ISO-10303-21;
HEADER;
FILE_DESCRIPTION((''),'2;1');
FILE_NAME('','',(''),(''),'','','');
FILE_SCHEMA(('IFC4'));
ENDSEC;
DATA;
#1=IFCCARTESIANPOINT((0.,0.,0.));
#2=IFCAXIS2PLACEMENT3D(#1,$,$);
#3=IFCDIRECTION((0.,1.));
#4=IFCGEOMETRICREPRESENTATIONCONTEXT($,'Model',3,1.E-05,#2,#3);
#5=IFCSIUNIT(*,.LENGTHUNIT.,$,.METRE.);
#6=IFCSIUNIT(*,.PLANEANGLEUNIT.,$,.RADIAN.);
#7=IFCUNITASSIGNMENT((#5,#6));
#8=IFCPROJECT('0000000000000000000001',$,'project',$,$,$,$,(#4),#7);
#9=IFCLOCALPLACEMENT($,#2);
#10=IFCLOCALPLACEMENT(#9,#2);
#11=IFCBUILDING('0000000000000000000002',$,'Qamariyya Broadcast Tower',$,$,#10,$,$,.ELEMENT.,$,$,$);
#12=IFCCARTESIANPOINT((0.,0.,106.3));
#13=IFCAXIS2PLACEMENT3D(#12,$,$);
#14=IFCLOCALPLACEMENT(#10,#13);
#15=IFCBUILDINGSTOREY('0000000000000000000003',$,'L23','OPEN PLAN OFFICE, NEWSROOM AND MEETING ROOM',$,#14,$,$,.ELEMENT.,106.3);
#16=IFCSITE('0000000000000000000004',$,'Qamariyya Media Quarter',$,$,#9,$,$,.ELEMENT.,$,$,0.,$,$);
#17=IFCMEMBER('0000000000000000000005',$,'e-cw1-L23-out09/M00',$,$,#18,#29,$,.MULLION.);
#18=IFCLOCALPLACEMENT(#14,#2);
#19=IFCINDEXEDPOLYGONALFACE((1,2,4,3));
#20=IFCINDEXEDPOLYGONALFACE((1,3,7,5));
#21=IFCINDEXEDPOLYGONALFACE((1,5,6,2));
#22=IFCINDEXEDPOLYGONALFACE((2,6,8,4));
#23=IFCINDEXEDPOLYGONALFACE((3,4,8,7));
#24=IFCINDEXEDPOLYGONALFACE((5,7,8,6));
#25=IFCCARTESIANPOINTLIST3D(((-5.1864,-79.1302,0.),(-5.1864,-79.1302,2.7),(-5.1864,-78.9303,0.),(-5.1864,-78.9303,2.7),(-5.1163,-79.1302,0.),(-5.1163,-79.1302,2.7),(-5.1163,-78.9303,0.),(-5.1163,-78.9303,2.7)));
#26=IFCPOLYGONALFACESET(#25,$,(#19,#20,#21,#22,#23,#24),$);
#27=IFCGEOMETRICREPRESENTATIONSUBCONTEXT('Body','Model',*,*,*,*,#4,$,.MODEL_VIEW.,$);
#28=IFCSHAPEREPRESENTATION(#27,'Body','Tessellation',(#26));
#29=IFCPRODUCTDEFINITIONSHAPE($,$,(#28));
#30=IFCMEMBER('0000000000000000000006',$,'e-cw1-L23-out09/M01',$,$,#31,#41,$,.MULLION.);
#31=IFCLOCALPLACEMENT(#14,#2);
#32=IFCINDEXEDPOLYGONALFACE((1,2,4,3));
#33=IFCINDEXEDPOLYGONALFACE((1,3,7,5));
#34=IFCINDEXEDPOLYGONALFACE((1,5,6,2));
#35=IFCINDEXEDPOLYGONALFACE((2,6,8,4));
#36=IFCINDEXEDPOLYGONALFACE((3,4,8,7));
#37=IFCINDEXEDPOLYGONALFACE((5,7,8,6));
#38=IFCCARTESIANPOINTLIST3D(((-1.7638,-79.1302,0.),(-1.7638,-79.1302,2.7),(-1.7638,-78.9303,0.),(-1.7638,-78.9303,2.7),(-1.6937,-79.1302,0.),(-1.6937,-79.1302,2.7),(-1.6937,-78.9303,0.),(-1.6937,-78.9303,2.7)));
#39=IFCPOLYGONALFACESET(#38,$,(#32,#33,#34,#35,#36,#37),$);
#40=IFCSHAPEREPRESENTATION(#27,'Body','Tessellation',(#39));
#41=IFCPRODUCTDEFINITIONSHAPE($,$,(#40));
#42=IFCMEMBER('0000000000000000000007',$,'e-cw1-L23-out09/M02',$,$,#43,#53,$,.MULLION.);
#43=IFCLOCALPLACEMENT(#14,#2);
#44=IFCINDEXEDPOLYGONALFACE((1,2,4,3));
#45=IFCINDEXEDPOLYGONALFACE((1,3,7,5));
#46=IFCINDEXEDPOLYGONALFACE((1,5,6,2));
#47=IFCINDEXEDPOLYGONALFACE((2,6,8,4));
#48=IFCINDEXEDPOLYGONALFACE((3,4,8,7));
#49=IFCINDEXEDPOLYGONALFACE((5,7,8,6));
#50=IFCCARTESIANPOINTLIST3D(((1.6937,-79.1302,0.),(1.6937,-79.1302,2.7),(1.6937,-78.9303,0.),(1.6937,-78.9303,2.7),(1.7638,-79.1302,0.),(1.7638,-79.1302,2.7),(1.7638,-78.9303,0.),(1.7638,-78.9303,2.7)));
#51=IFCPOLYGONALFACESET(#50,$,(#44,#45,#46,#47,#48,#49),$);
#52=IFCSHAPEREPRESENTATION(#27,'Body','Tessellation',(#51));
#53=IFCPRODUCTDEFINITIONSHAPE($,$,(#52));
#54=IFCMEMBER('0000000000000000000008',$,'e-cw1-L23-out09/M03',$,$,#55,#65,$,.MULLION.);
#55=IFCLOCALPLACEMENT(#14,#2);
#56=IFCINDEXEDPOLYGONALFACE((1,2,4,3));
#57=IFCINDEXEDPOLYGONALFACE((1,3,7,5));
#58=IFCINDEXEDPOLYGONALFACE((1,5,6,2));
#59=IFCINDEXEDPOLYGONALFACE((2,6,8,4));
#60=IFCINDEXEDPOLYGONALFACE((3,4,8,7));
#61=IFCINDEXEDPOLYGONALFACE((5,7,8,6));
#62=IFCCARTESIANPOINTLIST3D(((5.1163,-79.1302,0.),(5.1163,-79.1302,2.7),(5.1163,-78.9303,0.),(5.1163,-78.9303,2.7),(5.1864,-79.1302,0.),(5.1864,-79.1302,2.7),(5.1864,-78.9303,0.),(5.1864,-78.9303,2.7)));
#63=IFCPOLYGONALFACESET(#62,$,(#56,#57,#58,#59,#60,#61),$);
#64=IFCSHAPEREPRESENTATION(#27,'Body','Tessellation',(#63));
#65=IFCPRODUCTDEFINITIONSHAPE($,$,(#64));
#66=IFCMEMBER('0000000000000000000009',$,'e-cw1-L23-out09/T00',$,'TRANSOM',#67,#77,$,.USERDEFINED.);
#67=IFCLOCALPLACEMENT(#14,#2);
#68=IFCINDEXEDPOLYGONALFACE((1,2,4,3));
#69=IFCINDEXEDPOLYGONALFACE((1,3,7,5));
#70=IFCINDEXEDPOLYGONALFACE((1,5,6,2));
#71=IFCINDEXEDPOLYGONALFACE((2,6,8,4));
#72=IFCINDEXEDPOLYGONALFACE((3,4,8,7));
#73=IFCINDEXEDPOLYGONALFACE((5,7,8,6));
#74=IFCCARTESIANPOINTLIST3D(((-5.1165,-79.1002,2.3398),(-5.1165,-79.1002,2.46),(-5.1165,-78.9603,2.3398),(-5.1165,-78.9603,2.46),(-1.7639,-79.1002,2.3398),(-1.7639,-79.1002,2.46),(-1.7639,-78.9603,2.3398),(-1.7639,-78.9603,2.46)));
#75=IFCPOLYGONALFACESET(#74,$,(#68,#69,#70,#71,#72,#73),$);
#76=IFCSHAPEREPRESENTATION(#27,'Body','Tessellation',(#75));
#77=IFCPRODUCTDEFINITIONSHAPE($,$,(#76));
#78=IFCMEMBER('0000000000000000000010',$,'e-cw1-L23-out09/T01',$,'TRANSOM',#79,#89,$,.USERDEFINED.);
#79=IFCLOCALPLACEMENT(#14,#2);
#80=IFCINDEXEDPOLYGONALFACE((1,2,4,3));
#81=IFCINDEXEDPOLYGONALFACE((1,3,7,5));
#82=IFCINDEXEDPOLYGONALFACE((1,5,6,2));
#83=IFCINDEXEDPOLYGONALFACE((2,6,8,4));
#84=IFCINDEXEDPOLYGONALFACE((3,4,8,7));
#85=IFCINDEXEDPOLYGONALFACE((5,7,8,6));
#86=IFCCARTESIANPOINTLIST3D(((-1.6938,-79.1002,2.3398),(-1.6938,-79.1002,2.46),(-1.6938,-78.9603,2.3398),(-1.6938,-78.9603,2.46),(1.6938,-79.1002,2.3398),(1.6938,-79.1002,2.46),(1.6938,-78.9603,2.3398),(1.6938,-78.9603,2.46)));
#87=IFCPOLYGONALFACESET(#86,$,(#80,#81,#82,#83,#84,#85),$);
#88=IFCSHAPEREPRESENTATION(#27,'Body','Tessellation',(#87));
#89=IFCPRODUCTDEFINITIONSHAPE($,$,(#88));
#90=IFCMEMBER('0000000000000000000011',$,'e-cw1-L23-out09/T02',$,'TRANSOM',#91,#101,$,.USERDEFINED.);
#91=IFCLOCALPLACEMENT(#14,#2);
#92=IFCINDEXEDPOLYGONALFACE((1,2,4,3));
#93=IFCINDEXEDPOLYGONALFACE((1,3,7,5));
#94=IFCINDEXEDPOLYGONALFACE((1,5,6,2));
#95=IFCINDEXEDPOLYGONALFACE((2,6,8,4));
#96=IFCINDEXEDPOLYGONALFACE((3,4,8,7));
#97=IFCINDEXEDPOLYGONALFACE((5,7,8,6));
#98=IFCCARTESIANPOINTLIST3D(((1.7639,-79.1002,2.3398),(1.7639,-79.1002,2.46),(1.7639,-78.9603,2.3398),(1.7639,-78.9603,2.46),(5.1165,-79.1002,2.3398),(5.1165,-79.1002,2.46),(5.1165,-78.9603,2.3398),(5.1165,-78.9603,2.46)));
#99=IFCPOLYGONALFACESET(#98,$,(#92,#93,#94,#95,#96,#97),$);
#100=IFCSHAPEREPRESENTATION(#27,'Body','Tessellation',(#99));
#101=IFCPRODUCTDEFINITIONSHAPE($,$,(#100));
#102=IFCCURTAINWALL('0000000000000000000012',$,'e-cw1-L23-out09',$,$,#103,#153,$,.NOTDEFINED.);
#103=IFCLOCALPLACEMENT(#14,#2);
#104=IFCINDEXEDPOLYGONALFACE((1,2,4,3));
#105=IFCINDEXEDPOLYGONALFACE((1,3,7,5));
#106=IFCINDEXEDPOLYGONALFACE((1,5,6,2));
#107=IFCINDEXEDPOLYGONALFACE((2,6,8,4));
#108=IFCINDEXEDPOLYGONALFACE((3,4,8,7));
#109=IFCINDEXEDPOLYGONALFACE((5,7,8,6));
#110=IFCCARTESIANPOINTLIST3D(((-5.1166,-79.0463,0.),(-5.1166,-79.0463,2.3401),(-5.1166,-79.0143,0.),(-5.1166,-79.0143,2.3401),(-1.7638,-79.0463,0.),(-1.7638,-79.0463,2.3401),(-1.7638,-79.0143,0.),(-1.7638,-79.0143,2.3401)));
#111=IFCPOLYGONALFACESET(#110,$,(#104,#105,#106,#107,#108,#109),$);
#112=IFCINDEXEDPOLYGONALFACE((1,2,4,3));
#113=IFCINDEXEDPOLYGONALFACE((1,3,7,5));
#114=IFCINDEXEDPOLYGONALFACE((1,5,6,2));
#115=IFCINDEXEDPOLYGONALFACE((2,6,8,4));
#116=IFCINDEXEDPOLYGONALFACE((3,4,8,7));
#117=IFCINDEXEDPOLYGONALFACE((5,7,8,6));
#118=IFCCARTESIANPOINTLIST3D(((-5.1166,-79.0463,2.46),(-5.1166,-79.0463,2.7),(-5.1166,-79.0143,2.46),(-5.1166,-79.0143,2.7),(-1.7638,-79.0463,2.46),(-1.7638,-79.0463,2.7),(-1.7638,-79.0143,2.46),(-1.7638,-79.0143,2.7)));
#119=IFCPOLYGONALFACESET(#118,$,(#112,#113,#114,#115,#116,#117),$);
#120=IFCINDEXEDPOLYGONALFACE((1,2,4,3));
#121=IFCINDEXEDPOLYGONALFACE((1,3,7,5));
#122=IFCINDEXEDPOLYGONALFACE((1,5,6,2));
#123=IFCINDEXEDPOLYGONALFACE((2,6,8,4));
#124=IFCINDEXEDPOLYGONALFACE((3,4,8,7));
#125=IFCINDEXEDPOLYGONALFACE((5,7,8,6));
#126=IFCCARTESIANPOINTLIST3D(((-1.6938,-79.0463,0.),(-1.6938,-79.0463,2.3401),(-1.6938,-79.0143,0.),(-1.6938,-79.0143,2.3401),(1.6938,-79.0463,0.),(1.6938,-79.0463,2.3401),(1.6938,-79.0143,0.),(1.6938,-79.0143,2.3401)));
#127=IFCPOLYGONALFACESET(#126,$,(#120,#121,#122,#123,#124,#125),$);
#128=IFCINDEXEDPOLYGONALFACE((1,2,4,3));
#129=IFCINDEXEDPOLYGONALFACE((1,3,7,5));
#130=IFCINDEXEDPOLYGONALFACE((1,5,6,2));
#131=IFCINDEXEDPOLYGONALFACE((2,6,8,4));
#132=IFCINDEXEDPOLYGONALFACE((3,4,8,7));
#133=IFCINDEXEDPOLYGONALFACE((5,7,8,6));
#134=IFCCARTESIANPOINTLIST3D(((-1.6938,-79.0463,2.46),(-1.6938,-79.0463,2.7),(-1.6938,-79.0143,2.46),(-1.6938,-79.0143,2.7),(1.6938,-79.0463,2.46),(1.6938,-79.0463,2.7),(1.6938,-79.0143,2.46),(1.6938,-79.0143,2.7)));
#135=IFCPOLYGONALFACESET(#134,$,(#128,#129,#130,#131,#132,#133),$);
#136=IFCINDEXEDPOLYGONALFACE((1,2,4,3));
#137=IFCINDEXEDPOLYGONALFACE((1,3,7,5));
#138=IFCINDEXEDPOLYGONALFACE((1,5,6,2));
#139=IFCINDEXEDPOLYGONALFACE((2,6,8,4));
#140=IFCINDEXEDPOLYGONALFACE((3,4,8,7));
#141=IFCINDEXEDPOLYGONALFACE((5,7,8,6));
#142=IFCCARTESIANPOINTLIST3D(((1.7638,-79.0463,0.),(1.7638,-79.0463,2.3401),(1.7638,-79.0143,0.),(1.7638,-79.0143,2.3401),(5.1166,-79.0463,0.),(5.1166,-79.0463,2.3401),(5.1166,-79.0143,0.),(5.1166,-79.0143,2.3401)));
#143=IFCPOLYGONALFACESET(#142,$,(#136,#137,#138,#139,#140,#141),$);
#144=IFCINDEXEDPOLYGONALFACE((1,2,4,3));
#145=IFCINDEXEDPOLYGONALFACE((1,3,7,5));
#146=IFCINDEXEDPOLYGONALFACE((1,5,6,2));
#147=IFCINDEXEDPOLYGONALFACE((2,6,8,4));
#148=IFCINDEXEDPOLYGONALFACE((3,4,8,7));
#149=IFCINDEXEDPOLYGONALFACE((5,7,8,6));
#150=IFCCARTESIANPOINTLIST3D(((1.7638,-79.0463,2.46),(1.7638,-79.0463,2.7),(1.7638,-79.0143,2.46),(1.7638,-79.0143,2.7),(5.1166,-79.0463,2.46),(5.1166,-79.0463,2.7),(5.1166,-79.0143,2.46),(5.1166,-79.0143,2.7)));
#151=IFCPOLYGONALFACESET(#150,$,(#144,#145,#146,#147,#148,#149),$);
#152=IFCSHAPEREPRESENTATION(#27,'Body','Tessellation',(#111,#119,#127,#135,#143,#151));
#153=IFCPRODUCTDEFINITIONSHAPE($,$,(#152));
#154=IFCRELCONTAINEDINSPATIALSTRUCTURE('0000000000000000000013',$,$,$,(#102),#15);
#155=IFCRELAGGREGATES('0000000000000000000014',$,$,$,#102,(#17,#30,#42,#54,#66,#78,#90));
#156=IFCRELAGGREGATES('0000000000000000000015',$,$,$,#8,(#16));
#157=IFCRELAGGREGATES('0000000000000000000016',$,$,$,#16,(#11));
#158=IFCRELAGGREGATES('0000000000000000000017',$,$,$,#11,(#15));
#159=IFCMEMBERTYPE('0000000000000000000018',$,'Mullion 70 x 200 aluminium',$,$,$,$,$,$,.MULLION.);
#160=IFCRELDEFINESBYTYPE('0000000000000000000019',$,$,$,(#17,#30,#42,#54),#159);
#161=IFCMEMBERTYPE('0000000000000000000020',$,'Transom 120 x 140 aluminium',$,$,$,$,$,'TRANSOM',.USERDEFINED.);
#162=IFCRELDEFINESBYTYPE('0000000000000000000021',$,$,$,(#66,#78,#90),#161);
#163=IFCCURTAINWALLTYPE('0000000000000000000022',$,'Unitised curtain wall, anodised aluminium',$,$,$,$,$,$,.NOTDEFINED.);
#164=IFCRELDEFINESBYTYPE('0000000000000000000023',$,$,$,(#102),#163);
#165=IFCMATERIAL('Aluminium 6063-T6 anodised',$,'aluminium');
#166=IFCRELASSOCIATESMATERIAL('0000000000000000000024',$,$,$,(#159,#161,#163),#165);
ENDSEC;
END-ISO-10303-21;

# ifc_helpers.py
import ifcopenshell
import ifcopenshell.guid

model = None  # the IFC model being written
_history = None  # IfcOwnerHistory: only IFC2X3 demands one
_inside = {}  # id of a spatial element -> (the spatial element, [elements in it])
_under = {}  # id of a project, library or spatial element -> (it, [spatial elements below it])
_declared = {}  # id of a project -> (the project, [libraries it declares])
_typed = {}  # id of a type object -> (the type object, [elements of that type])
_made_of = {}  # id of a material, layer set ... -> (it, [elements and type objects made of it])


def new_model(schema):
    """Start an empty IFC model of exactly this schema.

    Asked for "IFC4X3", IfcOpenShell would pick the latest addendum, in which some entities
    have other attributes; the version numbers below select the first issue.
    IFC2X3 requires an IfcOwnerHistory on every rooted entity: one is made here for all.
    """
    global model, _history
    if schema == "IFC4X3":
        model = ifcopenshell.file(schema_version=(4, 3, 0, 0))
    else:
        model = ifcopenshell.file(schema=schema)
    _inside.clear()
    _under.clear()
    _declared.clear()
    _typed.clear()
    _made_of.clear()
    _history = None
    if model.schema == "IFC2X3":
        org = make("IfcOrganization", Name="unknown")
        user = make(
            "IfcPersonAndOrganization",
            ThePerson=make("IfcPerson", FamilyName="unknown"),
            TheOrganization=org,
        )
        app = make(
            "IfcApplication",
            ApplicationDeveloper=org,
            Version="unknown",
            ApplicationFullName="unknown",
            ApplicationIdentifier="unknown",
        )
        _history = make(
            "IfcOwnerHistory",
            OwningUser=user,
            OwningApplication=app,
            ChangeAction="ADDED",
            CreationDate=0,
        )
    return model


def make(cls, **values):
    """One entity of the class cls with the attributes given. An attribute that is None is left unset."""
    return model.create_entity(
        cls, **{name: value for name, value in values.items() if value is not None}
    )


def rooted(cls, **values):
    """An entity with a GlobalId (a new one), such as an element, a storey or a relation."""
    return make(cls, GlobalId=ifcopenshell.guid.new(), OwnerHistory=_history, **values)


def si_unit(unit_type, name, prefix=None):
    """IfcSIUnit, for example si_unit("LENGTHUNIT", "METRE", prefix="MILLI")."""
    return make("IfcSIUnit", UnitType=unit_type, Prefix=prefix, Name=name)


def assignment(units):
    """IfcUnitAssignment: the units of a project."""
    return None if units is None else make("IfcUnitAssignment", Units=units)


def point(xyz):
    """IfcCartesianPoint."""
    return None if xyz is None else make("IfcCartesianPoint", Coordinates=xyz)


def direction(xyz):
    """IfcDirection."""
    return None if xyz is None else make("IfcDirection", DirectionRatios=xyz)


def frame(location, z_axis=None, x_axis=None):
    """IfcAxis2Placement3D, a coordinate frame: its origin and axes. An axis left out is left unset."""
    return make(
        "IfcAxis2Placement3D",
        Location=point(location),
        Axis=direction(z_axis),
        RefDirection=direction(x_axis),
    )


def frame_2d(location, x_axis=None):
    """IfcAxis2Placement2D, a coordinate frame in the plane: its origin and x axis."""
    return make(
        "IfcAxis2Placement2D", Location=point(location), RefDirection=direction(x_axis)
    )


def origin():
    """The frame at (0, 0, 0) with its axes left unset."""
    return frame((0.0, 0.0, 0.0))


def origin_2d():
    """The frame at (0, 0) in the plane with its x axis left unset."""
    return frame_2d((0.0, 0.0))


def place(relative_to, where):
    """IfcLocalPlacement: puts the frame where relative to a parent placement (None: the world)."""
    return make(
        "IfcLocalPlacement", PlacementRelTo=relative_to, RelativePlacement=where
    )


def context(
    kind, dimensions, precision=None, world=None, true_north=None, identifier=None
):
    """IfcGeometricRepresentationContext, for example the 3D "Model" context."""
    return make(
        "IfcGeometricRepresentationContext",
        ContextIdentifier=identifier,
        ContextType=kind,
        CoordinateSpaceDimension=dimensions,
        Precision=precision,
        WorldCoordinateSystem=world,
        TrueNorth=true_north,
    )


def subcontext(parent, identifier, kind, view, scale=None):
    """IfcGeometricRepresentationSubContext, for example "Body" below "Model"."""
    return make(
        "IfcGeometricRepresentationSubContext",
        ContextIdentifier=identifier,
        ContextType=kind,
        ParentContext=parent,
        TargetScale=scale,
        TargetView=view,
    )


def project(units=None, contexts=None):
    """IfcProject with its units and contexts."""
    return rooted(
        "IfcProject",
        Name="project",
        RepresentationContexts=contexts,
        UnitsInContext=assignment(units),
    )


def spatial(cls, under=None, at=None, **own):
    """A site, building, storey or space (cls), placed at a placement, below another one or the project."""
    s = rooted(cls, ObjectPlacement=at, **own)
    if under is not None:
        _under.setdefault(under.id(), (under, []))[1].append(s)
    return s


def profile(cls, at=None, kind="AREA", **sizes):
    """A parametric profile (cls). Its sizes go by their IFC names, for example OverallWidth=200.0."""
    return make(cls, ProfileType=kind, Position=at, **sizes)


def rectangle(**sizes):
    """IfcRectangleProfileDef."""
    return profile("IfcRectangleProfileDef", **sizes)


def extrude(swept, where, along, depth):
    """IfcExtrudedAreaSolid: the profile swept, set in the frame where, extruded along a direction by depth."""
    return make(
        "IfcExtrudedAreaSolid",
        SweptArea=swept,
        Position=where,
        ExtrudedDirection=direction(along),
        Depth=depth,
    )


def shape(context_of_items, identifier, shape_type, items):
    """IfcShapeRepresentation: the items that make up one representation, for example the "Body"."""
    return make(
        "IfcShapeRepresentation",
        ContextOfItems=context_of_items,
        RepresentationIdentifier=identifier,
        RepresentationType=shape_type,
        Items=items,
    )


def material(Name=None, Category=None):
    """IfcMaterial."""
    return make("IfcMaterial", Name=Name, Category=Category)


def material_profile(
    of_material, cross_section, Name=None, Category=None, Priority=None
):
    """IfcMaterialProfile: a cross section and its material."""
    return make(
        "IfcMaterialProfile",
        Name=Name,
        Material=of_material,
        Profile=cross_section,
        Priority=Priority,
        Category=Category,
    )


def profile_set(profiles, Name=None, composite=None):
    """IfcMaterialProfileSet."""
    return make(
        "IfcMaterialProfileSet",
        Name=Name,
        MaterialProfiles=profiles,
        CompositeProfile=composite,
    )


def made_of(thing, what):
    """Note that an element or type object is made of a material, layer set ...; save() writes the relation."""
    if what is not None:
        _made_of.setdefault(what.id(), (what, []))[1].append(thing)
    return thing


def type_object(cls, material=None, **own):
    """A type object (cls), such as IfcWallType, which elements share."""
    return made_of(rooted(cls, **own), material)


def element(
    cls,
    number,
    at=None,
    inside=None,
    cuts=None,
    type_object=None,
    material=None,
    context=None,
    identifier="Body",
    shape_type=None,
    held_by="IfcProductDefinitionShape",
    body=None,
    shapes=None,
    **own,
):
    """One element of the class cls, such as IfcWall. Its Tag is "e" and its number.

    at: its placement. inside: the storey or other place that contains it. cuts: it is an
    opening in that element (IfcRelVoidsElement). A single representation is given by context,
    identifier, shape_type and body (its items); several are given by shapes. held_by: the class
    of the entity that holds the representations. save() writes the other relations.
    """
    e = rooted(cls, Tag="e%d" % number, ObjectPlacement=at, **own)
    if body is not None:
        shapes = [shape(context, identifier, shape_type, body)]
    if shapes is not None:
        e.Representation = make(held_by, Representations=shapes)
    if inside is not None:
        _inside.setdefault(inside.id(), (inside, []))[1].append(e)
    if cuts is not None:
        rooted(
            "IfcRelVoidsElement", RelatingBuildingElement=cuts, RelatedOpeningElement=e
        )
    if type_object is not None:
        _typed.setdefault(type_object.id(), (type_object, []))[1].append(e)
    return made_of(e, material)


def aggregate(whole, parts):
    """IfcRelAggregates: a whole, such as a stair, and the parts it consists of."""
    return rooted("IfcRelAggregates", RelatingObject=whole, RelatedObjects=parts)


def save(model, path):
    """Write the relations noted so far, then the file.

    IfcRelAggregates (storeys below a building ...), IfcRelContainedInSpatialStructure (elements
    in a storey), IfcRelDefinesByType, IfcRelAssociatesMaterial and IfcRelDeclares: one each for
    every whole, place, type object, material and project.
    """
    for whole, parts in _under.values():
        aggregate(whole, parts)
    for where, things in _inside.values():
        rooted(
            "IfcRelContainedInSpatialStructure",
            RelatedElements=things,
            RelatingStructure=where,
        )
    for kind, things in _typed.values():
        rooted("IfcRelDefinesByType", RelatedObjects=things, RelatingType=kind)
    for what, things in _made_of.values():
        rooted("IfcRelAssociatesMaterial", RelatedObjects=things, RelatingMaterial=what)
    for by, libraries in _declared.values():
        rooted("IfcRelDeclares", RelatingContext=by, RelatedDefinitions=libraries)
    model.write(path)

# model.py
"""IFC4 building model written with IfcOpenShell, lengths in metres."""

from ifc_helpers import new_model, si_unit, direction, frame, origin, origin_2d, place, context, subcontext, project, spatial, rectangle, extrude, material, material_profile, profile_set, type_object, element, aggregate, save


model = new_model("IFC4")

# Units and contexts
model_context = context("Model", 3, precision=1e-05, world=origin(), true_north=direction((0.0, 1.0)))
body_context = subcontext(model_context, "Body", "Model", "MODEL_VIEW")
ifc_project = project(units=[si_unit("LENGTHUNIT", "METRE"), si_unit("PLANEANGLEUNIT", "RADIAN")], contexts=[model_context])

# Members
ifc_material = material(Name="Aluminium 6063-T6 anodised", Category="aluminium")
ifc_material_profile_1 = material_profile(ifc_material, rectangle(XDim=0.2, YDim=0.0701, at=origin_2d()))
ifc_profile_set_1 = profile_set([ifc_material_profile_1], Name="Aluminium 6063-T6 anodised")
member_type_1 = type_object("IfcMemberType", Name="Mullion 70 x 200 aluminium", PredefinedType="MULLION", material=ifc_profile_set_1)
site_placement = place(None, origin())
building_placement = place(site_placement, origin())
storey_placement = place(building_placement, frame((0.0, 0.0, 106.3)))
member_1_placement = place(storey_placement, frame((-5.1514, -79.0303, 0.0), z_axis=(0.0, 0.0, 1.0), x_axis=(0.0, 1.0, 0.0)))
member_1 = element("IfcMember", 1, at=member_1_placement, type_object=member_type_1, Name="e-cw1-L23-out09/M00", PredefinedType="MULLION", context=body_context, shape_type="SweptSolid", body=[
    extrude(rectangle(XDim=0.2, YDim=0.0701, at=origin_2d()), origin(), (0.0, 0.0, 1.0), 2.7),
])
member_2_placement = place(storey_placement, frame((-1.7288, -79.0303, 0.0), z_axis=(0.0, 0.0, 1.0), x_axis=(0.0, 1.0, 0.0)))
member_2 = element("IfcMember", 2, at=member_2_placement, type_object=member_type_1, Name="e-cw1-L23-out09/M01", PredefinedType="MULLION", context=body_context, shape_type="SweptSolid", body=[
    extrude(rectangle(XDim=0.2, YDim=0.0701, at=origin_2d()), origin(), (0.0, 0.0, 1.0), 2.7),
])
member_3_placement = place(storey_placement, frame((1.7288, -79.0303, 0.0), z_axis=(0.0, 0.0, 1.0), x_axis=(0.0, 1.0, 0.0)))
member_3 = element("IfcMember", 3, at=member_3_placement, type_object=member_type_1, Name="e-cw1-L23-out09/M02", PredefinedType="MULLION", context=body_context, shape_type="SweptSolid", body=[
    extrude(rectangle(XDim=0.2, YDim=0.0701, at=origin_2d()), origin(), (0.0, 0.0, 1.0), 2.7),
])
member_4_placement = place(storey_placement, frame((5.1514, -79.0303, 0.0), z_axis=(0.0, 0.0, 1.0), x_axis=(0.0, 1.0, 0.0)))
member_4 = element("IfcMember", 4, at=member_4_placement, type_object=member_type_1, Name="e-cw1-L23-out09/M03", PredefinedType="MULLION", context=body_context, shape_type="SweptSolid", body=[
    extrude(rectangle(XDim=0.2, YDim=0.0701, at=origin_2d()), origin(), (0.0, 0.0, 1.0), 2.7),
])
ifc_material_profile_2 = material_profile(ifc_material, rectangle(XDim=0.1399, YDim=0.1201, at=origin_2d()))
ifc_profile_set_2 = profile_set([ifc_material_profile_2], Name="Aluminium 6063-T6 anodised")
member_type_2 = type_object("IfcMemberType", Name="Transom 120 x 140 aluminium", ElementType="TRANSOM", PredefinedType="USERDEFINED", material=ifc_profile_set_2)
member_5_placement = place(storey_placement, frame((-5.1165, -79.0303, 2.3999), z_axis=(1.0, 0.0, 0.0), x_axis=(0.0, 1.0, 0.0)))
member_5 = element("IfcMember", 5, at=member_5_placement, type_object=member_type_2, Name="e-cw1-L23-out09/T00", ObjectType="TRANSOM", PredefinedType="USERDEFINED", context=body_context, shape_type="SweptSolid", body=[
    extrude(rectangle(XDim=0.1399, YDim=0.1201, at=origin_2d()), origin(), (0.0, 0.0, 1.0), 3.3525),
])
member_6_placement = place(storey_placement, frame((-1.6938, -79.0303, 2.3999), z_axis=(1.0, 0.0, 0.0), x_axis=(0.0, 1.0, 0.0)))
member_6 = element("IfcMember", 6, at=member_6_placement, type_object=member_type_2, Name="e-cw1-L23-out09/T01", ObjectType="TRANSOM", PredefinedType="USERDEFINED", context=body_context, shape_type="SweptSolid", body=[
    extrude(rectangle(XDim=0.1399, YDim=0.1201, at=origin_2d()), origin(), (0.0, 0.0, 1.0), 3.3877),
])
member_7_placement = place(storey_placement, frame((1.7639, -79.0303, 2.3999), z_axis=(1.0, 0.0, 0.0), x_axis=(0.0, 1.0, 0.0)))
member_7 = element("IfcMember", 7, at=member_7_placement, type_object=member_type_2, Name="e-cw1-L23-out09/T02", ObjectType="TRANSOM", PredefinedType="USERDEFINED", context=body_context, shape_type="SweptSolid", body=[
    extrude(rectangle(XDim=0.1399, YDim=0.1201, at=origin_2d()), origin(), (0.0, 0.0, 1.0), 3.3525),
])

# Site, building, storey
site = spatial("IfcSite", under=ifc_project, at=site_placement, Name="Qamariyya Media Quarter", CompositionType="ELEMENT", RefElevation=0.0)
building = spatial("IfcBuilding", under=site, at=building_placement, Name="Qamariyya Broadcast Tower", CompositionType="ELEMENT")
storey = spatial("IfcBuildingStorey", under=building, at=storey_placement, Name="L23", Description="OPEN PLAN OFFICE, NEWSROOM AND MEETING ROOM", CompositionType="ELEMENT", Elevation=106.3)

# Curtain wall
curtain_wall_type = type_object("IfcCurtainWallType", Name="Unitised curtain wall, anodised aluminium", PredefinedType="NOTDEFINED", material=ifc_material)
curtain_wall_1_placement = place(storey_placement, origin())
curtain_wall_1 = element("IfcCurtainWall", 8, at=curtain_wall_1_placement, inside=storey, type_object=curtain_wall_type, Name="e-cw1-L23-out09", PredefinedType="NOTDEFINED", context=body_context, shape_type="SweptSolid", body=[
    extrude(rectangle(XDim=3.3528, YDim=0.032, at=origin_2d()), frame((-3.4402, -79.0303, 0.0), x_axis=(1.0, 0.0, 0.0)), (0.0, 0.0, 1.0), 2.3401),
    extrude(rectangle(XDim=3.3528, YDim=0.032, at=origin_2d()), frame((-3.4402, -79.0303, 2.46), x_axis=(1.0, 0.0, 0.0)), (0.0, 0.0, 1.0), 0.24),
    extrude(rectangle(XDim=3.3877, YDim=0.032, at=origin_2d()), frame((0.0, -79.0303, 0.0), x_axis=(1.0, 0.0, 0.0)), (0.0, 0.0, 1.0), 2.3401),
    extrude(rectangle(XDim=3.3877, YDim=0.032, at=origin_2d()), frame((0.0, -79.0303, 2.46), x_axis=(1.0, 0.0, 0.0)), (0.0, 0.0, 1.0), 0.24),
    extrude(rectangle(XDim=3.3528, YDim=0.032, at=origin_2d()), frame((3.4402, -79.0303, 0.0), x_axis=(1.0, 0.0, 0.0)), (0.0, 0.0, 1.0), 2.3401),
    extrude(rectangle(XDim=3.3528, YDim=0.032, at=origin_2d()), frame((3.4402, -79.0303, 2.46), x_axis=(1.0, 0.0, 0.0)), (0.0, 0.0, 1.0), 0.24),
])
aggregate(curtain_wall_1, [member_1, member_2, member_3, member_4, member_5, member_6, member_7])

save(model, "model.ifc")
